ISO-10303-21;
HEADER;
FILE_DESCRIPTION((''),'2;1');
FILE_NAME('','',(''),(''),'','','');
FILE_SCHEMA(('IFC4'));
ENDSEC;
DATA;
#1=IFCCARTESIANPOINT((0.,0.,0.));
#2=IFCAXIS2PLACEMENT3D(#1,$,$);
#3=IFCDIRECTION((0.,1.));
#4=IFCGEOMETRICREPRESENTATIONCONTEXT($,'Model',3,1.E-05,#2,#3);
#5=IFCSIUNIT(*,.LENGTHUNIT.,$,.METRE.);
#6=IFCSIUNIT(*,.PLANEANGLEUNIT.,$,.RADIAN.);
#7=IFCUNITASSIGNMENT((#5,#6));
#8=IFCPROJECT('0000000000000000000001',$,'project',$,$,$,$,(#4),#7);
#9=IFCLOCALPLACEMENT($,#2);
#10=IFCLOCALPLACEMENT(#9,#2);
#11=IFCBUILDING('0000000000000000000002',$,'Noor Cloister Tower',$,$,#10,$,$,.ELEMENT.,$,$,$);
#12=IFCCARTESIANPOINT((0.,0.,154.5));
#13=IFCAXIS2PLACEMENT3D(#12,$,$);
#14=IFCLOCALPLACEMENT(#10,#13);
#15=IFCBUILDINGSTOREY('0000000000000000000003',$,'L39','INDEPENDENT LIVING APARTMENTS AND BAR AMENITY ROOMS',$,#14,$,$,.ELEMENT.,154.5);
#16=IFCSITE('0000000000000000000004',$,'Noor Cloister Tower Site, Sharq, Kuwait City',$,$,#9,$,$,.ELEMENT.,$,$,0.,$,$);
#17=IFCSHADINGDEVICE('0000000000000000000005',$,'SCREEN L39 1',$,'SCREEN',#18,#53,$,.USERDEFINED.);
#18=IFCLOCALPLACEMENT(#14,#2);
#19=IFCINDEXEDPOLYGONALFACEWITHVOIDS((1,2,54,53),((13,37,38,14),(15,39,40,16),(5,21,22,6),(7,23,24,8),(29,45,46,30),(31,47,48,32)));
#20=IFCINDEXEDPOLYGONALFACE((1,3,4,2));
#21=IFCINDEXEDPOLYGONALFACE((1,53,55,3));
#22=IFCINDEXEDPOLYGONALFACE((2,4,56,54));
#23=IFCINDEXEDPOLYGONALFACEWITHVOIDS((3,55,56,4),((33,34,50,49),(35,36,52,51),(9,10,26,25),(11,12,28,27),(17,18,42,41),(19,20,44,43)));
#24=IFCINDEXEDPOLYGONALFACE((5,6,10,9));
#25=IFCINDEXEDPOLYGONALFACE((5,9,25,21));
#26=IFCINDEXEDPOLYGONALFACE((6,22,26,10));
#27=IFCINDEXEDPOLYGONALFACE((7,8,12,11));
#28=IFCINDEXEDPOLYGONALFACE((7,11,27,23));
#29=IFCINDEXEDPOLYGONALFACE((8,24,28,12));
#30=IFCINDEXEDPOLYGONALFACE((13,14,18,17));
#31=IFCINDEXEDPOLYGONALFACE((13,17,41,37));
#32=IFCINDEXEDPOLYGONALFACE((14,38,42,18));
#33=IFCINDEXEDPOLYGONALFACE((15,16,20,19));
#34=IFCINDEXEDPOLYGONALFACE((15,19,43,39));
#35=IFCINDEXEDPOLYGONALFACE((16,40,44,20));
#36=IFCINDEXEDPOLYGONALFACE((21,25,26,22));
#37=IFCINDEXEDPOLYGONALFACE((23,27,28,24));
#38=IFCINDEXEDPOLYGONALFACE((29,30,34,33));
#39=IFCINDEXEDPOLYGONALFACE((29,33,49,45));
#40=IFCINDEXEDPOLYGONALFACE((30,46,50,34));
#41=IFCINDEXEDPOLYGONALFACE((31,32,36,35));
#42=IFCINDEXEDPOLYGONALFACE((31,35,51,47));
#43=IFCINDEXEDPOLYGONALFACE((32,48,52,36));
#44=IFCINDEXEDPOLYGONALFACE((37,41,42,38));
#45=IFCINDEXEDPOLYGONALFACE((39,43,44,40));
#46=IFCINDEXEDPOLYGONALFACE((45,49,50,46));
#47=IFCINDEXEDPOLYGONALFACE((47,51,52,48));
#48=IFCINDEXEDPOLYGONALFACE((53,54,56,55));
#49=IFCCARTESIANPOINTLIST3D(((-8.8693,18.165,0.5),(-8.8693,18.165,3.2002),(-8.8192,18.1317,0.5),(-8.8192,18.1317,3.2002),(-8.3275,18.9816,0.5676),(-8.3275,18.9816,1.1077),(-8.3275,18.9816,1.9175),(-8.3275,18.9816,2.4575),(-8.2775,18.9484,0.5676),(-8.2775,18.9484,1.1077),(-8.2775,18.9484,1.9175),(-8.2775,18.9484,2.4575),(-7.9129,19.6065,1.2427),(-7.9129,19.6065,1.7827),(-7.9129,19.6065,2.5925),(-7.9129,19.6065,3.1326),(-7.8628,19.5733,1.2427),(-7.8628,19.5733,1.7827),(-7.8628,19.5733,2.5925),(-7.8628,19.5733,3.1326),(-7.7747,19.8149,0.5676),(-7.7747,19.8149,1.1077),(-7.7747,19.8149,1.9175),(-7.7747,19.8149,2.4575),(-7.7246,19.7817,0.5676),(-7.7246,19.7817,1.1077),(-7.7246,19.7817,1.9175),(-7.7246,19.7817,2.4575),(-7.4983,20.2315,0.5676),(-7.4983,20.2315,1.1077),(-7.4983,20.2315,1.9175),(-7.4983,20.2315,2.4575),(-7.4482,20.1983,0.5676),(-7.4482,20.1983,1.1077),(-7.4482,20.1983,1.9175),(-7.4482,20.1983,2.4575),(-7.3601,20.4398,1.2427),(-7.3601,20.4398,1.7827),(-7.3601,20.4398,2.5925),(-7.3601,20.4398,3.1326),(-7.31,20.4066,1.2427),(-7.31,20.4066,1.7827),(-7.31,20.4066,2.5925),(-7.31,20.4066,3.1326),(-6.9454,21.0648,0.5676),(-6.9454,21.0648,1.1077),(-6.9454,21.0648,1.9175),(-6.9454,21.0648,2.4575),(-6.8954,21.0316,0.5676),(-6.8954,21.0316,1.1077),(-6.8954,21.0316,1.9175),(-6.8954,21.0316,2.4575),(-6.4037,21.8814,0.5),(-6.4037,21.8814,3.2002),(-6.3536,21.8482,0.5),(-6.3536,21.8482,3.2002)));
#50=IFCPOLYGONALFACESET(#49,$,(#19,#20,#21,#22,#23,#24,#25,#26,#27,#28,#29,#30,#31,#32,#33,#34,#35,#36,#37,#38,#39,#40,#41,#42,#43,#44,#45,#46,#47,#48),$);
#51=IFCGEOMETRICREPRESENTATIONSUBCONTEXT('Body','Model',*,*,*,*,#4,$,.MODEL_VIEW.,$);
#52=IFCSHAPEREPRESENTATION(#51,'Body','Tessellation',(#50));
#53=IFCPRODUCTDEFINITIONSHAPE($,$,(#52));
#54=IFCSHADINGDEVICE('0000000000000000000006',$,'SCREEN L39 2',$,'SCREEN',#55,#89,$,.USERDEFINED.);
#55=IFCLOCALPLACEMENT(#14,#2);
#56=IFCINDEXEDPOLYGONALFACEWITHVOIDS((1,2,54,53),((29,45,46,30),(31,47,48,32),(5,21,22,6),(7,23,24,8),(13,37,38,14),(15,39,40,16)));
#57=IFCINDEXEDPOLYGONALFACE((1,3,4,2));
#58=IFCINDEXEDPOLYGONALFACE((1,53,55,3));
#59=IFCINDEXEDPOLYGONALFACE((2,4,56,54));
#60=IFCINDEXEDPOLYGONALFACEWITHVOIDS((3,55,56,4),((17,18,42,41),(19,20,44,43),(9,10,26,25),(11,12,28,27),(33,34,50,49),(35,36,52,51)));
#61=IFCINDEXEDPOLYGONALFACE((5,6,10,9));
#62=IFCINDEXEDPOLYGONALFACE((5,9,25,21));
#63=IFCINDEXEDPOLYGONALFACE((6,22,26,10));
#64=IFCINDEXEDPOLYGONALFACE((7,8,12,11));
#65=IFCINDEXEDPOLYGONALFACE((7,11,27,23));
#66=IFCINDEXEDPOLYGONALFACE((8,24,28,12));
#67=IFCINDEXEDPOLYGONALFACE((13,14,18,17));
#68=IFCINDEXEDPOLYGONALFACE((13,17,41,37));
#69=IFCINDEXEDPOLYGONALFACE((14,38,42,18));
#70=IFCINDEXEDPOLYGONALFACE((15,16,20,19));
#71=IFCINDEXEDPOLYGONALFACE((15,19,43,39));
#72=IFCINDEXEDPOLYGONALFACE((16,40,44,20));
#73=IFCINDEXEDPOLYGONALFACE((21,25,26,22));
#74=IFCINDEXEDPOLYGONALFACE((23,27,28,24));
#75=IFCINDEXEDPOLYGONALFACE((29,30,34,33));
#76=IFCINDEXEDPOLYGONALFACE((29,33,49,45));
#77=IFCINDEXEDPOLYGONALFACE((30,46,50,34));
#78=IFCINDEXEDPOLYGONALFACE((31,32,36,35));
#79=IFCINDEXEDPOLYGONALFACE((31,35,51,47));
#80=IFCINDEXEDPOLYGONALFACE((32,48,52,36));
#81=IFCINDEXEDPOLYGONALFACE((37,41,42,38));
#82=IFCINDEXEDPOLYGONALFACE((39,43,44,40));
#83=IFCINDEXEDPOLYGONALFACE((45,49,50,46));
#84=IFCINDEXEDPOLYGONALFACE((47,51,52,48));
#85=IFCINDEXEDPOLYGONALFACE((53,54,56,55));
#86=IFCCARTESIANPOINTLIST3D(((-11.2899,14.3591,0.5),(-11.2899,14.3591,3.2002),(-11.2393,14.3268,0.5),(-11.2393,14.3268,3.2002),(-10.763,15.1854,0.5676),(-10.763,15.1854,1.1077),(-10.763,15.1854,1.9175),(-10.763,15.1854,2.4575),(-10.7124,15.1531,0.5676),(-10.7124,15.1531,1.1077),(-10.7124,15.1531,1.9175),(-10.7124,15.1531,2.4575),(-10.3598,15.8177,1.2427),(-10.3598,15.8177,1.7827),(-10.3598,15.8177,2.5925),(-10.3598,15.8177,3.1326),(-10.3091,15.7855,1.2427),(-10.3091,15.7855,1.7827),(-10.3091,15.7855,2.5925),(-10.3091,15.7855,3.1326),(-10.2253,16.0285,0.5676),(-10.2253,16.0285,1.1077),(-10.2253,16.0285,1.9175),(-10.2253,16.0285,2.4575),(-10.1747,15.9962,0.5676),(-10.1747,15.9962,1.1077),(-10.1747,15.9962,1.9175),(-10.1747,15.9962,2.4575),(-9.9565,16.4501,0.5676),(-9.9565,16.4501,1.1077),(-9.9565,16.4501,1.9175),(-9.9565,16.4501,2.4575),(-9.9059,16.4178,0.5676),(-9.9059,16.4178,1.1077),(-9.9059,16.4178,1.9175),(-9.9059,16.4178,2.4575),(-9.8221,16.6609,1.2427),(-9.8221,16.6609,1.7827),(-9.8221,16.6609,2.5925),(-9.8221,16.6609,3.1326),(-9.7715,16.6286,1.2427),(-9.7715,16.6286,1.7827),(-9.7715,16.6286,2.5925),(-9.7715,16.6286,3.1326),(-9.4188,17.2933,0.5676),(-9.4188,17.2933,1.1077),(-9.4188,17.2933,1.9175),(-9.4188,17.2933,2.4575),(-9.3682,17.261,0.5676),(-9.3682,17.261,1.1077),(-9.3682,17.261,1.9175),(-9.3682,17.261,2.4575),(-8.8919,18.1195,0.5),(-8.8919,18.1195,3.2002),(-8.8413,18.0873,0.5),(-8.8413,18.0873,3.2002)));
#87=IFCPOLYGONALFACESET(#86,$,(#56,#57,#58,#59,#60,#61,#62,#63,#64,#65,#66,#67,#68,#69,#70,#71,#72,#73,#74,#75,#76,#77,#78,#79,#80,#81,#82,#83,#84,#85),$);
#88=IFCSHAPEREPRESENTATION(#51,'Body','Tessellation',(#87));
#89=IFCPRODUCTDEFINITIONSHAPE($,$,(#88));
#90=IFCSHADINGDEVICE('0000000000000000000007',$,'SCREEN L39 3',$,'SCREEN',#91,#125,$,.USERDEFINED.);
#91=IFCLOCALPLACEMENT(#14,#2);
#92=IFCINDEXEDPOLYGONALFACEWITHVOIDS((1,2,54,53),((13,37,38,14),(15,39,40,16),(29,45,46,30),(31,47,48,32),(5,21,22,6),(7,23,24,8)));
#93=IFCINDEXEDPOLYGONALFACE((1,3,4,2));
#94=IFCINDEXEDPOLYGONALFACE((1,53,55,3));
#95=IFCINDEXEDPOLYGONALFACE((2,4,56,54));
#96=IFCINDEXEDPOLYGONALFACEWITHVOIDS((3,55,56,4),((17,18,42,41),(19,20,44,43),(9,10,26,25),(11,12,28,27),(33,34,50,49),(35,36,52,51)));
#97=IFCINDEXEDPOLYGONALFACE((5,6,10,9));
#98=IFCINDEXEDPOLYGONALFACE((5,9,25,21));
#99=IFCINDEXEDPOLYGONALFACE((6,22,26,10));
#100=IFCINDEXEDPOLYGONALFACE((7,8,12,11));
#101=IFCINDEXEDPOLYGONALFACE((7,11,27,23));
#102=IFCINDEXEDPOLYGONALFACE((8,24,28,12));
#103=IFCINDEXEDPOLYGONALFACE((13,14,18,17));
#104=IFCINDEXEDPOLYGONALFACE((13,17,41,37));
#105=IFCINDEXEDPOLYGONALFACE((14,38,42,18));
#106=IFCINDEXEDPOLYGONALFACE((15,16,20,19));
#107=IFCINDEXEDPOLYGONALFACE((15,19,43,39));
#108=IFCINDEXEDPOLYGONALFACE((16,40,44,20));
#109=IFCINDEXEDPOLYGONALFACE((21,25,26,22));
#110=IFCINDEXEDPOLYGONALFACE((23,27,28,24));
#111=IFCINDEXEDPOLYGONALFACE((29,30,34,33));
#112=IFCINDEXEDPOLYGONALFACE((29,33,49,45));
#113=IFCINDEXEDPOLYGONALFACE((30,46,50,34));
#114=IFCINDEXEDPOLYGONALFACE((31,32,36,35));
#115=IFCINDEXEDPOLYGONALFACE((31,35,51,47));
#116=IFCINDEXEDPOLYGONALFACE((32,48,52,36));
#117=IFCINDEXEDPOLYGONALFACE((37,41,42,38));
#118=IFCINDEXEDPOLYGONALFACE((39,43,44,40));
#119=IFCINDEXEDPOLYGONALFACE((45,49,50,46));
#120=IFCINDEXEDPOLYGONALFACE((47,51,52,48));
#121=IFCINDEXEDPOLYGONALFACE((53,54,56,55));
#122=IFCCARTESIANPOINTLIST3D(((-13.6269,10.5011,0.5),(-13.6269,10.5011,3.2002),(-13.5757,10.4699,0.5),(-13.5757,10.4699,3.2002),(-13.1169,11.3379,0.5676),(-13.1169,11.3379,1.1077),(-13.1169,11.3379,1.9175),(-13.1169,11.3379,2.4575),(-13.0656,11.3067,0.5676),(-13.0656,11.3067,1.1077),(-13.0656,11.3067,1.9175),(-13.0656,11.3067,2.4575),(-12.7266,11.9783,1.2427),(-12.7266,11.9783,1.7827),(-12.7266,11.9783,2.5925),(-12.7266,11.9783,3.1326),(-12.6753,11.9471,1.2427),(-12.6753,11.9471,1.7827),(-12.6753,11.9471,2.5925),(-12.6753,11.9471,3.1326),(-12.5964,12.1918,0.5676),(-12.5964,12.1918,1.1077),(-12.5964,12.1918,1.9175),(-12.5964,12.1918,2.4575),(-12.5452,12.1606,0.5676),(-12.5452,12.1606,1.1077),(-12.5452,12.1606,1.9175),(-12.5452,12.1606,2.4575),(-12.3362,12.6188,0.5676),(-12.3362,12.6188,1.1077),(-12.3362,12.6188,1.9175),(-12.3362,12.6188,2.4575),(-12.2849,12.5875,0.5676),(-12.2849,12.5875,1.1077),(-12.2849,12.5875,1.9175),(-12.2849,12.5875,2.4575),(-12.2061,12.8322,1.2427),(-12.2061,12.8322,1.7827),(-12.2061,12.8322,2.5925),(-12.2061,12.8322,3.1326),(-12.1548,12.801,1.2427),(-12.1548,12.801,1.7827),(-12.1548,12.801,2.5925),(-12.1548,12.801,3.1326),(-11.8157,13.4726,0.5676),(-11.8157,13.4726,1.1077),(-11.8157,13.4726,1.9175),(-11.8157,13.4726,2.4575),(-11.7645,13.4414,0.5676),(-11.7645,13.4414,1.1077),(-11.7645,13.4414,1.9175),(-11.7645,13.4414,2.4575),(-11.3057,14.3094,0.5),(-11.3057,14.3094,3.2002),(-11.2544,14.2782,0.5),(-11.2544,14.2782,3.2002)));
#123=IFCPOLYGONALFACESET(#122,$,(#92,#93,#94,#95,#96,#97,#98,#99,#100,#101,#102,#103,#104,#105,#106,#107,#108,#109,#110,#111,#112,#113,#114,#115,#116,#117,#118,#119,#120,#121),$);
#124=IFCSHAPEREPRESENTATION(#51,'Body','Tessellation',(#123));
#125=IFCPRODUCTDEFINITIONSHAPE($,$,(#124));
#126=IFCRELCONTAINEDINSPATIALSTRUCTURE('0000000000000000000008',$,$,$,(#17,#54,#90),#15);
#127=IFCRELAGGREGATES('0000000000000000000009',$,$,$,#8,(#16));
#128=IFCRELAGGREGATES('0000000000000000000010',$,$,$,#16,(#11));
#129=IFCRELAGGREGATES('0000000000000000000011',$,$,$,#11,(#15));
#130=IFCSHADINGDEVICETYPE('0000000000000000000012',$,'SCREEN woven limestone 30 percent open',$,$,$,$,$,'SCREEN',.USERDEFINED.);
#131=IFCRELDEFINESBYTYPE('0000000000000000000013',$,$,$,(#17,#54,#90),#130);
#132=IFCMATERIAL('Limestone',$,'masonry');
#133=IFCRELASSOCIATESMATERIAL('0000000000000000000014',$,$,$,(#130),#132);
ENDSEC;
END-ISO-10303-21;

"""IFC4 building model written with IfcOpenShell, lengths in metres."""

from ifc_helpers import new_model, si_unit, direction, frame, origin, place, context, subcontext, project, spatial, polyline, outline, extrude, material, material_profile, profile_set, type_object, element, save


model = new_model("IFC4")

# Units and contexts
model_context = context("Model", 3, precision=1e-05, world=origin(), true_north=direction((0.0, 1.0)))
body_context = subcontext(model_context, "Body", "Model", "MODEL_VIEW")
ifc_project = project(units=[si_unit("LENGTHUNIT", "METRE"), si_unit("PLANEANGLEUNIT", "RADIAN")], contexts=[model_context])

# Site, building, storey
site_placement = place(None, origin())
site = spatial("IfcSite", under=ifc_project, at=site_placement, Name="Noor Cloister Tower Site, Sharq, Kuwait City", CompositionType="ELEMENT", RefElevation=0.0)
building_placement = place(site_placement, origin())
building = spatial("IfcBuilding", under=site, at=building_placement, Name="Noor Cloister Tower", CompositionType="ELEMENT")
storey_placement = place(building_placement, frame((0.0, 0.0, 154.5)))
storey = spatial("IfcBuildingStorey", under=building, at=storey_placement, Name="L39", Description="INDEPENDENT LIVING APARTMENTS AND BAR AMENITY ROOMS", CompositionType="ELEMENT", Elevation=154.5)

# Shading devices
ifc_material_1 = material(Name="Limestone", Category="masonry")
ifc_material_profile_1 = material_profile(ifc_material_1, outline(polyline([(-2.23, -1.3501), (2.23, -1.3501), (2.23, 1.3501), (-2.23, 1.3501), (-2.23, -1.3501)]), holes=[polyline([(-1.25, -1.2825), (-0.25, -1.2825), (-0.25, -0.7424), (-1.25, -0.7424), (-1.25, -1.2825)]), polyline([(0.25, -1.2825), (1.25, -1.2825), (1.25, -0.7424), (0.25, -0.7424), (0.25, -1.2825)]), polyline([(-0.5, -0.6074), (0.5, -0.6074), (0.5, -0.0674), (-0.5, -0.0674), (-0.5, -0.6074)]), polyline([(-1.25, 0.0674), (-0.25, 0.0674), (-0.25, 0.6074), (-1.25, 0.6074), (-1.25, 0.0674)]), polyline([(0.25, 0.0674), (1.25, 0.0674), (1.25, 0.6074), (0.25, 0.6074), (0.25, 0.0674)]), polyline([(-0.5, 0.7424), (0.5, 0.7424), (0.5, 1.2825), (-0.5, 1.2825), (-0.5, 0.7424)])]), Name="Woven screen 30 percent open")
ifc_profile_set_1 = profile_set([ifc_material_profile_1], Name="Limestone")
shading_device_type = type_object("IfcShadingDeviceType", Name="SCREEN woven limestone 30 percent open", ElementType="SCREEN", PredefinedType="USERDEFINED", material=ifc_profile_set_1)
for number, where, z_axis, x_axis, name in (
    (1, (-7.5864, 19.99, 1.8501), (-0.833299, 0.552823, 0.0), (-0.552823, -0.833299, 0.0), "SCREEN L39 1"),
    (2, (-10.0403, 16.207, 1.8501), (-0.843158, 0.537666, 0.0), (-0.537666, -0.843158, 0.0), "SCREEN L39 2"),
    (3, (-12.415, 12.374, 1.8501), (-0.853884, 0.520463, 0.0), (-0.520463, -0.853884, 0.0), "SCREEN L39 3"),
):
    element("IfcShadingDevice", number, at=place(storey_placement, frame(where, z_axis=z_axis, x_axis=x_axis)), inside=storey, type_object=shading_device_type, Name=name, ObjectType="SCREEN", PredefinedType="USERDEFINED", context=body_context, shape_type="SweptSolid", body=[
        extrude(outline(polyline([(-2.23, -1.3501), (2.23, -1.3501), (2.23, 1.3501), (-2.23, 1.3501), (-2.23, -1.3501)]), holes=[polyline([(-1.25, -1.2825), (-0.25, -1.2825), (-0.25, -0.7424), (-1.25, -0.7424), (-1.25, -1.2825)]), polyline([(0.25, -1.2825), (1.25, -1.2825), (1.25, -0.7424), (0.25, -0.7424), (0.25, -1.2825)]), polyline([(-0.5, -0.6074), (0.5, -0.6074), (0.5, -0.0674), (-0.5, -0.0674), (-0.5, -0.6074)]), polyline([(-1.25, 0.0674), (-0.25, 0.0674), (-0.25, 0.6074), (-1.25, 0.6074), (-1.25, 0.0674)]), polyline([(0.25, 0.0674), (1.25, 0.0674), (1.25, 0.6074), (0.25, 0.6074), (0.25, 0.0674)]), polyline([(-0.5, 0.7424), (0.5, 0.7424), (0.5, 1.2825), (-0.5, 1.2825), (-0.5, 0.7424)])]), origin(), (0.0, 0.0, 1.0), 0.0601),
    ])

save(model, "model.ifc")
